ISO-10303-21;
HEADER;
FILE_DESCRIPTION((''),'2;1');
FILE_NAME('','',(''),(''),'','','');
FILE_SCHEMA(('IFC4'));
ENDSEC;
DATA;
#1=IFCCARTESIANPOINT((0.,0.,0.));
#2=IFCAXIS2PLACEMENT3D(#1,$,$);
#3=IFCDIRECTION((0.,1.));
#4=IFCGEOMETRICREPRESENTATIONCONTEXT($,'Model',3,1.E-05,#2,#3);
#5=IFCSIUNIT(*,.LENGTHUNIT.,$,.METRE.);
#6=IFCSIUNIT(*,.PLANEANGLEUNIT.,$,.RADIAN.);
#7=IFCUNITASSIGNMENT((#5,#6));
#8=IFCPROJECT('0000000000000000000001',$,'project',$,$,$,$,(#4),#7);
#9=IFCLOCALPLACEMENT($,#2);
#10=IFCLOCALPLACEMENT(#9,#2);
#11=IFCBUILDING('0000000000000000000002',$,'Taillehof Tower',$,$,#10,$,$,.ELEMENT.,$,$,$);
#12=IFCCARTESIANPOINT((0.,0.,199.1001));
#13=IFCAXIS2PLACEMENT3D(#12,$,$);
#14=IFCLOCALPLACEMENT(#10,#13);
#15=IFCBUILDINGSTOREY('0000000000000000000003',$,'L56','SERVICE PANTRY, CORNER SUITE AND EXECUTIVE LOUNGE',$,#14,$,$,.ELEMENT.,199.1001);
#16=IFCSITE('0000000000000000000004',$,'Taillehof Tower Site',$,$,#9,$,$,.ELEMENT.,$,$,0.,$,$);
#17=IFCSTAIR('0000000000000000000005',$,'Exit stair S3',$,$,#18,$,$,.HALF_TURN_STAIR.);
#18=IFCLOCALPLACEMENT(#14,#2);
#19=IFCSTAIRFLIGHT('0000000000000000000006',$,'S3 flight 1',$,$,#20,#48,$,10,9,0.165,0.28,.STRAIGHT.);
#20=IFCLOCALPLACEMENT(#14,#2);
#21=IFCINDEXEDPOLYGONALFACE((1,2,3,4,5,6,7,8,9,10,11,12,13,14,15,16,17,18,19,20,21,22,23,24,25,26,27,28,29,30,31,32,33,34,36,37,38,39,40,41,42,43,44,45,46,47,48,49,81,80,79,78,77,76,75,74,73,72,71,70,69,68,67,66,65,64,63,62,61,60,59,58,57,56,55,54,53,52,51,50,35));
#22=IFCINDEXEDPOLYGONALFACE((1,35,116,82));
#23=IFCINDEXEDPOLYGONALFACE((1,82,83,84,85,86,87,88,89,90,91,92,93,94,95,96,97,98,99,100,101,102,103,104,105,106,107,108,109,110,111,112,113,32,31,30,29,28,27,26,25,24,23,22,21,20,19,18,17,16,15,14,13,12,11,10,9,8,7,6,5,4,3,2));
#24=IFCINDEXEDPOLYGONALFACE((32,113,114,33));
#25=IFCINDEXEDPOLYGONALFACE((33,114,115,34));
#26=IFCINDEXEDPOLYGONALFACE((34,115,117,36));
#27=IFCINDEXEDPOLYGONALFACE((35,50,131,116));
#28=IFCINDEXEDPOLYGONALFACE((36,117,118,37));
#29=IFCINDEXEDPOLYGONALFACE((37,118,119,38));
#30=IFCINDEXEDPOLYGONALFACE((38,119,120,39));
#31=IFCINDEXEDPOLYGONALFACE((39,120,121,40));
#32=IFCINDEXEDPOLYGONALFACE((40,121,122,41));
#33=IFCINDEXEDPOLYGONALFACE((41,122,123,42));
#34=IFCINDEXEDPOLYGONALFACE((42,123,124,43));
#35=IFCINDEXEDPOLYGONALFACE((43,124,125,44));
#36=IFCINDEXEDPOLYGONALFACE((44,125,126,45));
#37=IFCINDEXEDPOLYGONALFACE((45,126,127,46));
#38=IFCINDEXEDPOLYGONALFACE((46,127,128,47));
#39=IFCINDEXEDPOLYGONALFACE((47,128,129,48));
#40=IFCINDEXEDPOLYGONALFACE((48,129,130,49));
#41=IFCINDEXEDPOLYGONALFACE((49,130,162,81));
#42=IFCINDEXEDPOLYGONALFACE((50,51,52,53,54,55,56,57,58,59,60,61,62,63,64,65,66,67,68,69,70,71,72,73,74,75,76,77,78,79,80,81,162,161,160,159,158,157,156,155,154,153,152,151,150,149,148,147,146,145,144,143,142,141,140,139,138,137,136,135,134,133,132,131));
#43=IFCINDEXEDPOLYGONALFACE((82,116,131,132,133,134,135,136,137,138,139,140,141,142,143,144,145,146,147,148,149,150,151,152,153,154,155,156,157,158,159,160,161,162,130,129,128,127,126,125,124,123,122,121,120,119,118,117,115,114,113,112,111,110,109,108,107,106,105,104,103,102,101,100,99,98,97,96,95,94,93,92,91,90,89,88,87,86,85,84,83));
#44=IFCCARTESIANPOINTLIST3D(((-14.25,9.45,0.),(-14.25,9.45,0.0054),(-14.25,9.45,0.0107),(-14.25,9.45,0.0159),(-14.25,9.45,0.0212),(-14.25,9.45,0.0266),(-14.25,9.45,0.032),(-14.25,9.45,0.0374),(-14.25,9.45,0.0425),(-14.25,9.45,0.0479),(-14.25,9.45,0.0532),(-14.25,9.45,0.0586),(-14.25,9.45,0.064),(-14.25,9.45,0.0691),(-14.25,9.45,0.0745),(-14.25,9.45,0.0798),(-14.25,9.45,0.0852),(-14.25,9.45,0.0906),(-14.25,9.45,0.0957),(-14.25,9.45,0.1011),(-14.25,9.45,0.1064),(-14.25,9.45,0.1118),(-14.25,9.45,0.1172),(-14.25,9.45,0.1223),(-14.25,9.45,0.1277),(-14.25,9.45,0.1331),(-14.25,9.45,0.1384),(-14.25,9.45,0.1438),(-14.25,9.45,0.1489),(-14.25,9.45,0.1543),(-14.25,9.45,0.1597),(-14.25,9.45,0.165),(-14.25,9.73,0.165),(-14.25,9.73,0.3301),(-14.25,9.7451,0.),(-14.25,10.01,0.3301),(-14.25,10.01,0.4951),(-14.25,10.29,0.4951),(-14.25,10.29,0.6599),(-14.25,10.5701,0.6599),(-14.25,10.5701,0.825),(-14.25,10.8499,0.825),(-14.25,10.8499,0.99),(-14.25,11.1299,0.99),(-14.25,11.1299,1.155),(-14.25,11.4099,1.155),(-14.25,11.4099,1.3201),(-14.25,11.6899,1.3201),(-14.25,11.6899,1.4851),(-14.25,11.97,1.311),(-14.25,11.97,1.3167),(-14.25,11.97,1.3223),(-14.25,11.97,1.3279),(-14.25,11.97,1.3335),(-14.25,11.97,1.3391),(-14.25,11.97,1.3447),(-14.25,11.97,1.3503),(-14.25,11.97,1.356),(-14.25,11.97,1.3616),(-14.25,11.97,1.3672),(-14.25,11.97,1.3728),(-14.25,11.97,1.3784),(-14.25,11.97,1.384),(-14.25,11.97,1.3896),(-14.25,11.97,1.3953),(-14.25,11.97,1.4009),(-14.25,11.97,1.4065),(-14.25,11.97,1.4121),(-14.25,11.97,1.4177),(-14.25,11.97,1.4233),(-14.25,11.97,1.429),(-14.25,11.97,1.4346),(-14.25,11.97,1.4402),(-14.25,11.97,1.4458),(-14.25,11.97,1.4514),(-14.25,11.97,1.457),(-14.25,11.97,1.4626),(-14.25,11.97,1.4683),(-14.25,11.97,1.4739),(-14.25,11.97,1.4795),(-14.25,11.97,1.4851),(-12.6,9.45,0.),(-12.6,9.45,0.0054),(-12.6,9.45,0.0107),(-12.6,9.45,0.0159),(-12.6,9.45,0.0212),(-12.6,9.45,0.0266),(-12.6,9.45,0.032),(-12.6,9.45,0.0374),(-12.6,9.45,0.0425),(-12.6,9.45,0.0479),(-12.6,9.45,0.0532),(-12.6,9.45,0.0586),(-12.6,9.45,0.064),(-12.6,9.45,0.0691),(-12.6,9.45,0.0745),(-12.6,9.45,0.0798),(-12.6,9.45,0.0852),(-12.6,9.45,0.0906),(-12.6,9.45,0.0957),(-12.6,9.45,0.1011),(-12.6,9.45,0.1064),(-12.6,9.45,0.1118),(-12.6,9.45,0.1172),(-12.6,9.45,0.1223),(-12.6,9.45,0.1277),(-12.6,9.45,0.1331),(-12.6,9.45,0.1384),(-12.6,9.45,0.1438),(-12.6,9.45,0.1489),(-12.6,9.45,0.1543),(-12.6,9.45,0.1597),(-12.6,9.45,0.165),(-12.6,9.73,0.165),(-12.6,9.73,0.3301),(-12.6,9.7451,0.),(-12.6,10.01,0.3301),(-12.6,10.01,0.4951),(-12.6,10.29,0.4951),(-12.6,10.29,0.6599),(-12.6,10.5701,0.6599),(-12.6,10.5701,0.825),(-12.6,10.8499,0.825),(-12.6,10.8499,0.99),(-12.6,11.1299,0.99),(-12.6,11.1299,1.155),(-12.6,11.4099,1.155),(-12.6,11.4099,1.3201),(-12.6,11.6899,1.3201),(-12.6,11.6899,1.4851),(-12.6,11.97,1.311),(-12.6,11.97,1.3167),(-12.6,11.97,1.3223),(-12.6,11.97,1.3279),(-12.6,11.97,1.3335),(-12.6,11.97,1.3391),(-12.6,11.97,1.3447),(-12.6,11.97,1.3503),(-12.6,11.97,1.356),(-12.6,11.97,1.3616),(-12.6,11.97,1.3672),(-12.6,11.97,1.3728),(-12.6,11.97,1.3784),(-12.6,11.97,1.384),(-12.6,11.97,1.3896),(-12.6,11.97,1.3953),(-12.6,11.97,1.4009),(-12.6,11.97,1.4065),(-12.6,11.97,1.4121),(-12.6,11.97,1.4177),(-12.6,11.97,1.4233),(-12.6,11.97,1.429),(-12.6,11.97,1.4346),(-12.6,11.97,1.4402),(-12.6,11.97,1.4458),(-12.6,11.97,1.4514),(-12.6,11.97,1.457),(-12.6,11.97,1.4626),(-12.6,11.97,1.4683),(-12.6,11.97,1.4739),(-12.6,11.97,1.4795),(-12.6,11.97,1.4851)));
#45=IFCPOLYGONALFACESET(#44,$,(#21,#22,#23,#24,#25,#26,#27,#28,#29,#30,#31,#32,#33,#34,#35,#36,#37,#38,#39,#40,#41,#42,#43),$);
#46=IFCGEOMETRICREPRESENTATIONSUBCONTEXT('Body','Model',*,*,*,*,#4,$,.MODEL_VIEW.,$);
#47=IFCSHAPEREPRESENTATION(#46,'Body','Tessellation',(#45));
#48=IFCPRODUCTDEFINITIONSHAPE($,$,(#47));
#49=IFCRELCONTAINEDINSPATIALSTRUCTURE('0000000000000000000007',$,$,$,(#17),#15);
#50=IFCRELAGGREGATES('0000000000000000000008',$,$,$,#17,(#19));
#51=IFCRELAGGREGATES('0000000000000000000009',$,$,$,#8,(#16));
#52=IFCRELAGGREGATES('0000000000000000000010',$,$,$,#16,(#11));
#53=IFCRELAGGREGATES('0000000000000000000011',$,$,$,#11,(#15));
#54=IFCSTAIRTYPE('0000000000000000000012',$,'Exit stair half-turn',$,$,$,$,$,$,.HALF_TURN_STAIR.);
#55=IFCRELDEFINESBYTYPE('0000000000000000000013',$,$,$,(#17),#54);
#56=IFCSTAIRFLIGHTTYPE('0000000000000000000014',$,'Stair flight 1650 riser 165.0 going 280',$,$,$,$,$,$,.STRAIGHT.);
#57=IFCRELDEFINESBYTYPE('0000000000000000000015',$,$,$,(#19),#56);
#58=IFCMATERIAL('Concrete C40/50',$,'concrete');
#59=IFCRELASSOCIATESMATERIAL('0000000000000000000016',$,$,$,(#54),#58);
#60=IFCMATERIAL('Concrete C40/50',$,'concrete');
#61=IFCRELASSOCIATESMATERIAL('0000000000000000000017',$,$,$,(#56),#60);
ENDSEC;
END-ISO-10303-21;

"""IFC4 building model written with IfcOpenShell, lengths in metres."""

from ifc_helpers import new_model, si_unit, direction, frame, origin, place, context, subcontext, project, spatial, polyline, outline, extrude, material, type_object, element, aggregate, save


model = new_model("IFC4")

# Units and contexts
model_context = context("Model", 3, precision=1e-05, world=origin(), true_north=direction((0.0, 1.0)))
body_context = subcontext(model_context, "Body", "Model", "MODEL_VIEW")
ifc_project = project(units=[si_unit("LENGTHUNIT", "METRE"), si_unit("PLANEANGLEUNIT", "RADIAN")], contexts=[model_context])

# Site, building, storey
site_placement = place(None, origin())
site = spatial("IfcSite", under=ifc_project, at=site_placement, Name="Taillehof Tower Site", CompositionType="ELEMENT", RefElevation=0.0)
building_placement = place(site_placement, origin())
building = spatial("IfcBuilding", under=site, at=building_placement, Name="Taillehof Tower", CompositionType="ELEMENT")
storey_placement = place(building_placement, frame((0.0, 0.0, 199.1001)))
storey = spatial("IfcBuildingStorey", under=building, at=storey_placement, Name="L56", Description="SERVICE PANTRY, CORNER SUITE AND EXECUTIVE LOUNGE", CompositionType="ELEMENT", Elevation=199.1001)

# Stair, stair flight
ifc_material_1 = material(Name="Concrete C40/50", Category="concrete")
stair_type = type_object("IfcStairType", Name="Exit stair half-turn", PredefinedType="HALF_TURN_STAIR", material=ifc_material_1)
stair_placement = place(storey_placement, origin())
stair = element("IfcStair", 1, at=stair_placement, inside=storey, type_object=stair_type, Name="Exit stair S3", PredefinedType="HALF_TURN_STAIR")
ifc_material_2 = material(Name="Concrete C40/50", Category="concrete")
stair_flight_type = type_object("IfcStairFlightType", Name="Stair flight 1650 riser 165.0 going 280", PredefinedType="STRAIGHT", material=ifc_material_2)
stair_flight_placement = place(storey_placement, frame((-13.425, 9.45, 0.0), z_axis=(0.0, 0.0, 1.0), x_axis=(0.0, 1.0, 0.0)))
stair_flight = element("IfcStairFlight", 2, at=stair_flight_placement, type_object=stair_flight_type, Name="S3 flight 1", NumberOfRisers=10, NumberOfTreads=9, PredefinedType="STRAIGHT", RiserHeight=0.165, TreadLength=0.28, context=body_context, shape_type="SweptSolid", body=[
    extrude(outline(polyline([(0.0, 0.0), (0.0, 0.0054), (0.0, 0.0107), (0.0, 0.0159), (0.0, 0.0212), (0.0, 0.0266), (0.0, 0.032), (0.0, 0.0374), (0.0, 0.0425), (0.0, 0.0479), (0.0, 0.0532), (0.0, 0.0586), (0.0, 0.064), (0.0, 0.0691), (0.0, 0.0745), (0.0, 0.0798), (0.0, 0.0852), (0.0, 0.0906), (0.0, 0.0957), (0.0, 0.1011), (0.0, 0.1064), (0.0, 0.1118), (0.0, 0.1172), (0.0, 0.1223), (0.0, 0.1277), (0.0, 0.1331), (0.0, 0.1384), (0.0, 0.1438), (0.0, 0.1489), (0.0, 0.1543), (0.0, 0.1597), (0.0, 0.165), (0.28, 0.165), (0.28, 0.3301), (0.5601, 0.3301), (0.5601, 0.4951), (0.8401, 0.4951), (0.8401, 0.6599), (1.1201, 0.6599), (1.1201, 0.825), (1.3999, 0.825), (1.3999, 0.99), (1.6799, 0.99), (1.6799, 1.155), (1.96, 1.155), (1.96, 1.3201), (2.24, 1.3201), (2.24, 1.4851), (2.52, 1.4851), (2.52, 1.4795), (2.52, 1.4739), (2.52, 1.4683), (2.52, 1.4626), (2.52, 1.457), (2.52, 1.4514), (2.52, 1.4458), (2.52, 1.4402), (2.52, 1.4346), (2.52, 1.429), (2.52, 1.4233), (2.52, 1.4177), (2.52, 1.4121), (2.52, 1.4065), (2.52, 1.4009), (2.52, 1.3953), (2.52, 1.3896), (2.52, 1.384), (2.52, 1.3784), (2.52, 1.3728), (2.52, 1.3672), (2.52, 1.3616), (2.52, 1.356), (2.52, 1.3503), (2.52, 1.3447), (2.52, 1.3391), (2.52, 1.3335), (2.52, 1.3279), (2.52, 1.3223), (2.52, 1.3167), (2.52, 1.311), (0.2952, 0.0), (0.0, 0.0)])), frame((0.0, 0.825, 0.0), z_axis=(0.0, -1.0, 0.0), x_axis=(1.0, 0.0, 0.0)), (0.0, 0.0, 1.0), 1.65),
])
aggregate(stair, [stair_flight])

save(model, "model.ifc")
